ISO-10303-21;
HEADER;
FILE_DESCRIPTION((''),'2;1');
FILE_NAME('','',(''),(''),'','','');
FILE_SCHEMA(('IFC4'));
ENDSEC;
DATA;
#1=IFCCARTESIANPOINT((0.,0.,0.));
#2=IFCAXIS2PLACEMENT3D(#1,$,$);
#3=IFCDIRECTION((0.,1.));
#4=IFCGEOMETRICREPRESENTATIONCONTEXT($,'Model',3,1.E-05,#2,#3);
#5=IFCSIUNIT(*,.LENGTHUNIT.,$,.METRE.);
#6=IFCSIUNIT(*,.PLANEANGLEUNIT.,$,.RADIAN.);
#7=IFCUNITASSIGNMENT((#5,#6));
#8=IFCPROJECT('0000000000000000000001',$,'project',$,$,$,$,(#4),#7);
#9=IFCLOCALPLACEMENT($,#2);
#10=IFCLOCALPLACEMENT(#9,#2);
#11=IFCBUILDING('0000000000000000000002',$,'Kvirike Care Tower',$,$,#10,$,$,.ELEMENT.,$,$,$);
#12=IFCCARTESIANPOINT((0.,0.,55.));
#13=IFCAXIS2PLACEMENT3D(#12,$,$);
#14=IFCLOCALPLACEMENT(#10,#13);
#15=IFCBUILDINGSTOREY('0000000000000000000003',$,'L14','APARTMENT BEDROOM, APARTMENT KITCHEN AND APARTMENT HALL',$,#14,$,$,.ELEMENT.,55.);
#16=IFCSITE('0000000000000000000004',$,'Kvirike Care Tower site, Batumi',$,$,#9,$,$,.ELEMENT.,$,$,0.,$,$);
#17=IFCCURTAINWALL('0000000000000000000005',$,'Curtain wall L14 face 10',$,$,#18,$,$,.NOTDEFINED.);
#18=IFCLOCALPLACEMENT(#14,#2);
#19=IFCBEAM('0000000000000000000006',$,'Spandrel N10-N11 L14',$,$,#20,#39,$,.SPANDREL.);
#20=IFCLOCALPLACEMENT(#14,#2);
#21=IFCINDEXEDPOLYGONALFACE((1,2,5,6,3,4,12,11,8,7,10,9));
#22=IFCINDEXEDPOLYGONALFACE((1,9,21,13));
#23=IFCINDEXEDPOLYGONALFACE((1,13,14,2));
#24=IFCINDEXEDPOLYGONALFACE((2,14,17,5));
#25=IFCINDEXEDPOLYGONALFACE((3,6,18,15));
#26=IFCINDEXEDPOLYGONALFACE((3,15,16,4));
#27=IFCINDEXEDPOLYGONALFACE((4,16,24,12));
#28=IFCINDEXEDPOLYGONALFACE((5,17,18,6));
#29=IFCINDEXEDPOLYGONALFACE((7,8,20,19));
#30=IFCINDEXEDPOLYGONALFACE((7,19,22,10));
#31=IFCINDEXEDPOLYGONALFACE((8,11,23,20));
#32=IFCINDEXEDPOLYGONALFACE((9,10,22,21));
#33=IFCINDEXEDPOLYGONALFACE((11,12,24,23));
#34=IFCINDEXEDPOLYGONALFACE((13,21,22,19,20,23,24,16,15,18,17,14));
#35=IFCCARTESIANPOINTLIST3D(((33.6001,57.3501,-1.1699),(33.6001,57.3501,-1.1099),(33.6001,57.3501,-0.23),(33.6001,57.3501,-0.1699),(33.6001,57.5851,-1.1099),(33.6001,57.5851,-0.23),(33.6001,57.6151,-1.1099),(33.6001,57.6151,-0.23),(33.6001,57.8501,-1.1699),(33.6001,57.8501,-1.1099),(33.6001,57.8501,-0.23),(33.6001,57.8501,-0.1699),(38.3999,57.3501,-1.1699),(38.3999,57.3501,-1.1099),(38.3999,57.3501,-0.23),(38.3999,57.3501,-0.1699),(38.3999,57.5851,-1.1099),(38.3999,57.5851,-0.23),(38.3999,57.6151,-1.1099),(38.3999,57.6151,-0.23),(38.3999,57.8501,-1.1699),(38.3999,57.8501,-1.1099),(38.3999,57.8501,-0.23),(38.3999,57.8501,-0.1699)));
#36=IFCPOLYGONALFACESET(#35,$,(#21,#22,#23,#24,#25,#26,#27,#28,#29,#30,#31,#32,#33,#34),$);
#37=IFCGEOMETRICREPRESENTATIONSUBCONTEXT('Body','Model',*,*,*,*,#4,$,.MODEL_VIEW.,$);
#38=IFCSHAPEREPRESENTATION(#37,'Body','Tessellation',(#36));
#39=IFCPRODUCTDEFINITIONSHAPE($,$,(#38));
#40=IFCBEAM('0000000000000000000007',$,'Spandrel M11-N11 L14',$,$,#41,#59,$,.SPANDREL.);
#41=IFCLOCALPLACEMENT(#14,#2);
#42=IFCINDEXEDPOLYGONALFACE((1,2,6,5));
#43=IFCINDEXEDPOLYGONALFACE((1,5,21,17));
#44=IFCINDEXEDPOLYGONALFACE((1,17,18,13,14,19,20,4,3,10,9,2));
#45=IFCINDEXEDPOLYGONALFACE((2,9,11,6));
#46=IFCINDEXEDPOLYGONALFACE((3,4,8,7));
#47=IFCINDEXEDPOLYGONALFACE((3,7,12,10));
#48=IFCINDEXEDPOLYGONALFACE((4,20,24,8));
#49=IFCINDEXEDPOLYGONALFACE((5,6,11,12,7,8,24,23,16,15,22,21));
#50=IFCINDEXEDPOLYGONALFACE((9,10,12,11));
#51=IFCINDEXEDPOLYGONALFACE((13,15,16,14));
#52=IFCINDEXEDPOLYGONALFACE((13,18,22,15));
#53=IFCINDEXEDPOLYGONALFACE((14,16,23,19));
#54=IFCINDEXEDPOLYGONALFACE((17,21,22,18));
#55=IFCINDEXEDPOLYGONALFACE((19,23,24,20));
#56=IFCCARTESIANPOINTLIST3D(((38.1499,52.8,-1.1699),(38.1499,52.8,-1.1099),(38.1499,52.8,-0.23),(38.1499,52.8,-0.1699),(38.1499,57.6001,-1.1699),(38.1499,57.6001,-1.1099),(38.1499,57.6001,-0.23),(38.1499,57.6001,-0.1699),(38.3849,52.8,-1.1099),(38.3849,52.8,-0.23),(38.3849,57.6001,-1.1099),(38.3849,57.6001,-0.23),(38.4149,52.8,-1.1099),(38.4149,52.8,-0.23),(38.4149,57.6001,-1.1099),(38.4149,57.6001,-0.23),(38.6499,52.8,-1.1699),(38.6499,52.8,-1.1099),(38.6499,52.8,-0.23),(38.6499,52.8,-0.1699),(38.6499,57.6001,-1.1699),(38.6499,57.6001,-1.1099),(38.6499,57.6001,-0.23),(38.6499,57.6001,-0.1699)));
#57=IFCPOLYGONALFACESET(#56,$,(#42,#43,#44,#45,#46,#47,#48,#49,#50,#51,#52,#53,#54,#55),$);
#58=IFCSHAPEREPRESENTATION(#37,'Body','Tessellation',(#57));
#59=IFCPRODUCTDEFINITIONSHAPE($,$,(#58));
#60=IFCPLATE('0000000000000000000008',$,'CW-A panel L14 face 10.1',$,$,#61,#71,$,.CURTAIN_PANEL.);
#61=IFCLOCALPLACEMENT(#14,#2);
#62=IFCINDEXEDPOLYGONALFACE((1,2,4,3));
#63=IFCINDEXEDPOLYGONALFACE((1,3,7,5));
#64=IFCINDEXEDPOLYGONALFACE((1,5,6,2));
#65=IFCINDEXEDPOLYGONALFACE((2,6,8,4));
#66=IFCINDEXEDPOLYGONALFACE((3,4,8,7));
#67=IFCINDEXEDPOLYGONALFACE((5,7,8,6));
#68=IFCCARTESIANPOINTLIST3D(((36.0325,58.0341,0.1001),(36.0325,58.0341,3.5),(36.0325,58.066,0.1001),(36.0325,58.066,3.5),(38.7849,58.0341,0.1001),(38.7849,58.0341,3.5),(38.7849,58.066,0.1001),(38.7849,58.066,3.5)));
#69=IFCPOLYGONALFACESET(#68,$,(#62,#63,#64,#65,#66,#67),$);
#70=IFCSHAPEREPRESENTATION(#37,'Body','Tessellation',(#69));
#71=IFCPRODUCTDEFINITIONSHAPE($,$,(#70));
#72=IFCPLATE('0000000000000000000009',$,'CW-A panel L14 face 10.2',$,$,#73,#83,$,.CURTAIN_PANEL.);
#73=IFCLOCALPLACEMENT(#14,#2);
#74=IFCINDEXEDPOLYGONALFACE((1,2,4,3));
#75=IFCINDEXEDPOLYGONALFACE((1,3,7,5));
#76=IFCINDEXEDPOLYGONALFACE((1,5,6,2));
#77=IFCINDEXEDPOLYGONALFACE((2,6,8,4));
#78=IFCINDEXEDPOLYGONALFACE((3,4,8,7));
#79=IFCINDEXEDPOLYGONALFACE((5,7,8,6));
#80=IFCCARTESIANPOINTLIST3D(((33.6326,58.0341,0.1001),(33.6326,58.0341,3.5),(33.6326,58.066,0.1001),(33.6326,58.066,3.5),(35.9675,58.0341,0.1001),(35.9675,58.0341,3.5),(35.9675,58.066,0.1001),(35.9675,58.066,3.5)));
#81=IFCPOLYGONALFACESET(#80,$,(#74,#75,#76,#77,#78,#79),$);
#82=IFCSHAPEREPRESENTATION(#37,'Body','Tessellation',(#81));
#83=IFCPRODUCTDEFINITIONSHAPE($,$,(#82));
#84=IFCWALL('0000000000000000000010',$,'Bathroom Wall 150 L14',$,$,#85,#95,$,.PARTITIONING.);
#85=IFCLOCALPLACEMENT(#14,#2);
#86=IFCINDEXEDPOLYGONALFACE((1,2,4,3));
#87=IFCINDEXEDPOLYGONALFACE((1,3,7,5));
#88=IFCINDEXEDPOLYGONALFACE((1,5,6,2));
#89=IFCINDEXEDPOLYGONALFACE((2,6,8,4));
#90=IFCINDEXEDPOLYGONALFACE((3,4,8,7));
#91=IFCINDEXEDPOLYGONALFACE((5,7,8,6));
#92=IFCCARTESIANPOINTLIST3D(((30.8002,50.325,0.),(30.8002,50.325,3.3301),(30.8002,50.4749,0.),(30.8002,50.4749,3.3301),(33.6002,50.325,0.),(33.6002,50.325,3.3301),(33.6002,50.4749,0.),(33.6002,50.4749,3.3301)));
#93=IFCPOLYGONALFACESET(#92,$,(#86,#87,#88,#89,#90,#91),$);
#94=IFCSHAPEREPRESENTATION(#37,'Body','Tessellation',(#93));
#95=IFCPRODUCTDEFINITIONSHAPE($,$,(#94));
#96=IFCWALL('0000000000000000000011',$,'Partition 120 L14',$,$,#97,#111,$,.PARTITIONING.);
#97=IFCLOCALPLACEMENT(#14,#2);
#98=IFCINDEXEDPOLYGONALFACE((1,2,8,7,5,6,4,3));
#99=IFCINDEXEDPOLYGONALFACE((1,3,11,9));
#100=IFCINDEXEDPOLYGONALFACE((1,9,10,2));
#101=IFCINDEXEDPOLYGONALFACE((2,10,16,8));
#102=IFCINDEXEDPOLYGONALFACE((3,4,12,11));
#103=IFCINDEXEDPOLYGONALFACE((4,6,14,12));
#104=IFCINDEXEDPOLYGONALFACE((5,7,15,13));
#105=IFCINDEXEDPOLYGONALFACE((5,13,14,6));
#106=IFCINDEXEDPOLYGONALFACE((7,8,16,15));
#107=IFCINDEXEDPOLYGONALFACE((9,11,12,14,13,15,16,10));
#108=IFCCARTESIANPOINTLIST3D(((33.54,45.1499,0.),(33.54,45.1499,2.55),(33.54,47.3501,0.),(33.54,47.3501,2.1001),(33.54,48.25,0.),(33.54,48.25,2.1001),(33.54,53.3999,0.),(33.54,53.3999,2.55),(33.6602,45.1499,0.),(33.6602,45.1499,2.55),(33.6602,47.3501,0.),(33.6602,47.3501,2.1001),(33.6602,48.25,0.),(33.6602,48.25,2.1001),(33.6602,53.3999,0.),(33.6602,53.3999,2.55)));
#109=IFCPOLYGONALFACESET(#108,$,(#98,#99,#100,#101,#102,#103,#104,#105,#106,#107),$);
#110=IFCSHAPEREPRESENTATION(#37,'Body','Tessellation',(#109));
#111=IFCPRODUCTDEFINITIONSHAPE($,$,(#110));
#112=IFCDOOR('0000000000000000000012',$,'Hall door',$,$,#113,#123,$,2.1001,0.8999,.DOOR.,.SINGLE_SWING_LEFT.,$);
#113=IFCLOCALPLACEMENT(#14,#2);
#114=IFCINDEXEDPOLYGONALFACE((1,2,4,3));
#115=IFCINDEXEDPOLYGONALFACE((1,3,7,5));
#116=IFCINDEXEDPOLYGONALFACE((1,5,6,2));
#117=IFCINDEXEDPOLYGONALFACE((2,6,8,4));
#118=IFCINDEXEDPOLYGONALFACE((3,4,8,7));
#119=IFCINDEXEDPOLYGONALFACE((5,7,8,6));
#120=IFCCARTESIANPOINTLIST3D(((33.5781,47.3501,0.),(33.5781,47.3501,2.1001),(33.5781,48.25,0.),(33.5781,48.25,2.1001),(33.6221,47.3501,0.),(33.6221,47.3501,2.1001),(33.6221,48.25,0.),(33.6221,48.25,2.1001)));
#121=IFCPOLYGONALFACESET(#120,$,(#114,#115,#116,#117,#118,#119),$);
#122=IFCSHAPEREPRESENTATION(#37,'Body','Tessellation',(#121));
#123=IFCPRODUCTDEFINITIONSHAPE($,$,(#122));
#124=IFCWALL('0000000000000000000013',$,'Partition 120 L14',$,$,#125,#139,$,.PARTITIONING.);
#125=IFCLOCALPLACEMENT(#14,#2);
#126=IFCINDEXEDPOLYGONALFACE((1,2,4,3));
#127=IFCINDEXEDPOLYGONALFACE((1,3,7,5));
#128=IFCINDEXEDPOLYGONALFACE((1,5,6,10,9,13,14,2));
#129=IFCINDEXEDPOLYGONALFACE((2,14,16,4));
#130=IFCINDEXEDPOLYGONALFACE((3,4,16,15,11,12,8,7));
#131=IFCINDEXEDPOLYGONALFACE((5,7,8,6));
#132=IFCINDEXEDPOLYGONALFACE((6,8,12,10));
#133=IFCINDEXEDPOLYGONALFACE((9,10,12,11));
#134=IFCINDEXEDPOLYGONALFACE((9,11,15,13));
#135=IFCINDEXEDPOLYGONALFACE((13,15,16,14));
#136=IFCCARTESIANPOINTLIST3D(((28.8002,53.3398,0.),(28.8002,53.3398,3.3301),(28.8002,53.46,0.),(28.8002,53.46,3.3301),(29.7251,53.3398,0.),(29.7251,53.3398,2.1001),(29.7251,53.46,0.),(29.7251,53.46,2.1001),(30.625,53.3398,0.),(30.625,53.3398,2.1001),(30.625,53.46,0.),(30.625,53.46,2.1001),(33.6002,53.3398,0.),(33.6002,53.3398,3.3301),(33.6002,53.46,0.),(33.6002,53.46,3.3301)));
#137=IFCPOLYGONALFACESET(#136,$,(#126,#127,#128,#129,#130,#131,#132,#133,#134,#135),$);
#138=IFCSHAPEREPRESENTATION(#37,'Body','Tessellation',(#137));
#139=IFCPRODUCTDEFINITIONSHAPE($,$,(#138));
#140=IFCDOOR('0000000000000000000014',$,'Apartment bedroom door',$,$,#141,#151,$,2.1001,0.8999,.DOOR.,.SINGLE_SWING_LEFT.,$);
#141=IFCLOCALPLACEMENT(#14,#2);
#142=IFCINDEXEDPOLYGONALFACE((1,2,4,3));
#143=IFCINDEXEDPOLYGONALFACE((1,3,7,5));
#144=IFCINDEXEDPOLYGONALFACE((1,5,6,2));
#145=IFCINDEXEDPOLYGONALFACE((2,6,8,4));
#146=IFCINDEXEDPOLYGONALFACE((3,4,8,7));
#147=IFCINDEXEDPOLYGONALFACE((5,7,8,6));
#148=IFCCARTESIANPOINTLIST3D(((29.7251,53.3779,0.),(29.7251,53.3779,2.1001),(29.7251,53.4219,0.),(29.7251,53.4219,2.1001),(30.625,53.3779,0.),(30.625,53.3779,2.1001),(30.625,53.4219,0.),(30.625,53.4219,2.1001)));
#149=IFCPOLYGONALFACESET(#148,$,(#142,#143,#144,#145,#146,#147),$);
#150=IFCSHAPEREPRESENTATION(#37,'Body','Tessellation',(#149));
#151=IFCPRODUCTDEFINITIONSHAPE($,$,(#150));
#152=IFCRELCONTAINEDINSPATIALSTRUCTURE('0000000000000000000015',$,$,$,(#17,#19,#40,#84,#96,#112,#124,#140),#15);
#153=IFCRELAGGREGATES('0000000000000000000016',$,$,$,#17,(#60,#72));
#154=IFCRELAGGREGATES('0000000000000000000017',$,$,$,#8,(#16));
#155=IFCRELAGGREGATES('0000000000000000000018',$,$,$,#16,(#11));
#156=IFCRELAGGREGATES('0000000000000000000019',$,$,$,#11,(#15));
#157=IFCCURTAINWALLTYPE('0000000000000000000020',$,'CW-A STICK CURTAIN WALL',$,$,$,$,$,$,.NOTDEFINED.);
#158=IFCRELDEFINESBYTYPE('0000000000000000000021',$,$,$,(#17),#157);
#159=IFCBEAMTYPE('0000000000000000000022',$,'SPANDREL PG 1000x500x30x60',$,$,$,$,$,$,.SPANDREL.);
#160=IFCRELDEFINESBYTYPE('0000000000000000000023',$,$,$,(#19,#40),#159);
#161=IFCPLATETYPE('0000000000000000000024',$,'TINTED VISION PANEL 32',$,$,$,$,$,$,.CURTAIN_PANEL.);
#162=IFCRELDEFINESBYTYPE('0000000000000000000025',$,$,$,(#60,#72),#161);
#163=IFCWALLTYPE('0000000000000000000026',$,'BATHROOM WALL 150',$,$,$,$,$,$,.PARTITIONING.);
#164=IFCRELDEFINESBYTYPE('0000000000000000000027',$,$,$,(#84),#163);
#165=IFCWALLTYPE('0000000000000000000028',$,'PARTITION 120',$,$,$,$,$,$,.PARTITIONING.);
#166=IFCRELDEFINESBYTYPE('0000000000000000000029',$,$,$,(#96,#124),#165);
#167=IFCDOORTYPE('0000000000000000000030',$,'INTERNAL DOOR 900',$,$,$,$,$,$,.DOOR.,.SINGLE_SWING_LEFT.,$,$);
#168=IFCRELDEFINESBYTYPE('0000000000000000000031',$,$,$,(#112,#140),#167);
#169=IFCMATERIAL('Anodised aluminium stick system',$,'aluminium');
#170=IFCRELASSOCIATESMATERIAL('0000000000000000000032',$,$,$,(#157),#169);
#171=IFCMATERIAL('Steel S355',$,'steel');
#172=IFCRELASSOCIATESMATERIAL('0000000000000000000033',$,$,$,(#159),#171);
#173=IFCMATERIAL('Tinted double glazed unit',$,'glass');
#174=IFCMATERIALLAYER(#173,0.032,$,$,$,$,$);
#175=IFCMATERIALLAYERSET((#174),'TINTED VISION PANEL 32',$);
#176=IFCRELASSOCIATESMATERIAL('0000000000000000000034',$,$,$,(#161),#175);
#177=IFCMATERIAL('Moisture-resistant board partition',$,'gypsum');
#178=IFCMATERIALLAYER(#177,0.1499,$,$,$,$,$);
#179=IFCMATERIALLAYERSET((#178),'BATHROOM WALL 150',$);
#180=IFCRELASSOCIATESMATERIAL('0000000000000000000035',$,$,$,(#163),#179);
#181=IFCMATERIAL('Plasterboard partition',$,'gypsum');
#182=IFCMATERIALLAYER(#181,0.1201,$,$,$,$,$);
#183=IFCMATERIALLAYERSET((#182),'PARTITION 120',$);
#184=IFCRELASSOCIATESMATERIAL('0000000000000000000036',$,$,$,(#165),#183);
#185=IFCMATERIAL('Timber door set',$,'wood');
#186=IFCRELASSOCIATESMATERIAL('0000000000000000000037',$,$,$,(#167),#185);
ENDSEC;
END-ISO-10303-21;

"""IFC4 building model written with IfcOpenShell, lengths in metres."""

from ifc_helpers import new_model, si_unit, direction, frame, frame_2d, origin, origin_2d, place, context, subcontext, project, spatial, rectangle, i_section, extrude, material, layer, layer_set, material_profile, profile_set, type_object, element, fill, aggregate, save


model = new_model("IFC4")

# Units and contexts
model_context = context("Model", 3, precision=1e-05, world=origin(), true_north=direction((0.0, 1.0)))
body_context = subcontext(model_context, "Body", "Model", "MODEL_VIEW")
ifc_project = project(units=[si_unit("LENGTHUNIT", "METRE"), si_unit("PLANEANGLEUNIT", "RADIAN")], contexts=[model_context])

# Site, building, storey
site_placement = place(None, origin())
site = spatial("IfcSite", under=ifc_project, at=site_placement, Name="Kvirike Care Tower site, Batumi", CompositionType="ELEMENT", RefElevation=0.0)
building_placement = place(site_placement, origin())
building = spatial("IfcBuilding", under=site, at=building_placement, Name="Kvirike Care Tower", CompositionType="ELEMENT")
storey_placement = place(building_placement, frame((0.0, 0.0, 55.0)))
storey = spatial("IfcBuildingStorey", under=building, at=storey_placement, Name="L14", Description="APARTMENT BEDROOM, APARTMENT KITCHEN AND APARTMENT HALL", CompositionType="ELEMENT", Elevation=55.0)

# Curtain wall
ifc_material_1 = material(Name="Anodised aluminium stick system", Category="aluminium")
curtain_wall_type = type_object("IfcCurtainWallType", Name="CW-A STICK CURTAIN WALL", PredefinedType="NOTDEFINED", material=ifc_material_1)
curtain_wall_placement = place(storey_placement, origin())
curtain_wall = element("IfcCurtainWall", 1, at=curtain_wall_placement, inside=storey, type_object=curtain_wall_type, Name="Curtain wall L14 face 10", PredefinedType="NOTDEFINED")

# Beams
ifc_material_2 = material(Name="Steel S355", Category="steel")
ifc_material_profile_1 = material_profile(ifc_material_2, i_section(OverallWidth=0.5, OverallDepth=1.0, WebThickness=0.03, FlangeThickness=0.0601, at=origin_2d()), Name="PG 1000x500x30x60")
ifc_profile_set_1 = profile_set([ifc_material_profile_1], Name="Steel S355")
beam_type = type_object("IfcBeamType", Name="SPANDREL PG 1000x500x30x60", PredefinedType="SPANDREL", material=ifc_profile_set_1)
beam_1_placement = place(storey_placement, frame((33.6001, 57.6001, -0.6699), z_axis=(1.0, 0.0, 0.0), x_axis=(0.0, 1.0, 0.0)))
element("IfcBeam", 2, at=beam_1_placement, inside=storey, type_object=beam_type, Name="Spandrel N10-N11 L14", PredefinedType="SPANDREL", context=body_context, shape_type="SweptSolid", body=[
    extrude(i_section(OverallWidth=0.5, OverallDepth=1.0, WebThickness=0.03, FlangeThickness=0.0601, at=origin_2d()), origin(), (0.0, 0.0, 1.0), 4.7998),
])
beam_2_placement = place(storey_placement, frame((38.3999, 52.8, -0.6699), z_axis=(0.0, 1.0, 0.0), x_axis=(-1.0, 0.0, 0.0)))
element("IfcBeam", 3, at=beam_2_placement, inside=storey, type_object=beam_type, Name="Spandrel M11-N11 L14", PredefinedType="SPANDREL", context=body_context, shape_type="SweptSolid", body=[
    extrude(i_section(OverallWidth=0.5, OverallDepth=1.0, WebThickness=0.03, FlangeThickness=0.0601, at=origin_2d()), origin(), (0.0, 0.0, 1.0), 4.8),
])

# Plates
ifc_material_3 = material(Name="Tinted double glazed unit", Category="glass")
ifc_layer_1 = layer(ifc_material_3, 0.032)
ifc_layer_set_1 = layer_set([ifc_layer_1], Name="TINTED VISION PANEL 32")
plate_type = type_object("IfcPlateType", Name="TINTED VISION PANEL 32", PredefinedType="CURTAIN_PANEL", material=ifc_layer_set_1)
plate_1_placement = place(storey_placement, frame((37.4087, 58.05, 0.1001), z_axis=(0.0, 0.0, 1.0), x_axis=(-1.0, 0.0, 0.0)))
plate_1 = element("IfcPlate", 4, at=plate_1_placement, type_object=plate_type, Name="CW-A panel L14 face 10.1", PredefinedType="CURTAIN_PANEL", context=body_context, shape_type="SweptSolid", body=[
    extrude(rectangle(XDim=2.7524, YDim=0.032, at=origin_2d()), origin(), (0.0, 0.0, 1.0), 3.3999),
])
plate_2_placement = place(storey_placement, frame((34.8, 58.05, 0.1001), z_axis=(0.0, 0.0, 1.0), x_axis=(-1.0, 0.0, 0.0)))
plate_2 = element("IfcPlate", 5, at=plate_2_placement, type_object=plate_type, Name="CW-A panel L14 face 10.2", PredefinedType="CURTAIN_PANEL", context=body_context, shape_type="SweptSolid", body=[
    extrude(rectangle(XDim=2.335, YDim=0.032, at=origin_2d()), origin(), (0.0, 0.0, 1.0), 3.3999),
])
aggregate(curtain_wall, [plate_1, plate_2])

# Wall
ifc_material_4 = material(Name="Moisture-resistant board partition", Category="gypsum")
ifc_layer_2 = layer(ifc_material_4, 0.1499)
ifc_layer_set_2 = layer_set([ifc_layer_2], Name="BATHROOM WALL 150")
wall_type_1 = type_object("IfcWallType", Name="BATHROOM WALL 150", PredefinedType="PARTITIONING", material=ifc_layer_set_2)
wall_1_placement = place(storey_placement, frame((33.6001, 50.3999, 0.0), z_axis=(0.0, 0.0, 1.0), x_axis=(-1.0, 0.0, 0.0)))
element("IfcWall", 6, at=wall_1_placement, inside=storey, type_object=wall_type_1, Name="Bathroom Wall 150 L14", PredefinedType="PARTITIONING", context=body_context, shape_type="SweptSolid", body=[
    extrude(rectangle(XDim=2.8, YDim=0.1499, at=frame_2d((1.3999, 0.0))), origin(), (0.0, 0.0, 1.0), 3.3301),
])

# Walls, openings, doors
ifc_material_5 = material(Name="Plasterboard partition", Category="gypsum")
ifc_layer_3 = layer(ifc_material_5, 0.1201)
ifc_layer_set_3 = layer_set([ifc_layer_3], Name="PARTITION 120")
wall_type_2 = type_object("IfcWallType", Name="PARTITION 120", PredefinedType="PARTITIONING", material=ifc_layer_set_3)
wall_2_placement = place(storey_placement, frame((33.6001, 53.3999, 0.0), z_axis=(0.0, 0.0, 1.0), x_axis=(0.0, -1.0, 0.0)))
wall_2 = element("IfcWall", 7, at=wall_2_placement, inside=storey, type_object=wall_type_2, Name="Partition 120 L14", PredefinedType="PARTITIONING", context=body_context, shape_type="SweptSolid", body=[
    extrude(rectangle(XDim=8.25, YDim=0.1201, at=frame_2d((4.125, 0.0))), origin(), (0.0, 0.0, 1.0), 2.55),
])
opening_1_placement = place(wall_2_placement, frame((5.1499, 0.0, 0.0)))
opening_1 = element("IfcOpeningElement", 8, at=opening_1_placement, cuts=wall_2, PredefinedType="OPENING", context=body_context, shape_type="SweptSolid", body=[
    extrude(rectangle(XDim=0.8999, YDim=2.1001, at=frame_2d((0.45, 1.05))), frame((0.0, 0.0706, 0.0), z_axis=(0.0, -1.0, 0.0), x_axis=(1.0, 0.0, 0.0)), (0.0, 0.0, 1.0), 0.1411),
])
ifc_material_6 = material(Name="Timber door set", Category="wood")
door_type = type_object("IfcDoorType", Name="INTERNAL DOOR 900", OperationType="SINGLE_SWING_LEFT", PredefinedType="DOOR", material=ifc_material_6)
door_1_placement = place(opening_1_placement, frame((0.8999, 0.0, 0.0), z_axis=(0.0, 0.0, 1.0), x_axis=(-1.0, 0.0, 0.0)))
door_1 = element("IfcDoor", 9, at=door_1_placement, inside=storey, type_object=door_type, Name="Hall door", OperationType="SINGLE_SWING_LEFT", OverallHeight=2.1001, OverallWidth=0.8999, PredefinedType="DOOR", context=body_context, shape_type="SweptSolid", body=[
    extrude(rectangle(XDim=0.8999, YDim=2.1001, at=frame_2d((0.45, 1.05))), frame((0.0, 0.022, 0.0), z_axis=(0.0, -1.0, 0.0), x_axis=(1.0, 0.0, 0.0)), (0.0, 0.0, 1.0), 0.0439),
])
fill(opening_1, door_1)
wall_3_placement = place(storey_placement, frame((33.6001, 53.3999, 0.0), z_axis=(0.0, 0.0, 1.0), x_axis=(-1.0, 0.0, 0.0)))
wall_3 = element("IfcWall", 10, at=wall_3_placement, inside=storey, type_object=wall_type_2, Name="Partition 120 L14", PredefinedType="PARTITIONING", context=body_context, shape_type="SweptSolid", body=[
    extrude(rectangle(XDim=4.8, YDim=0.1201, at=frame_2d((2.3999, 0.0))), origin(), (0.0, 0.0, 1.0), 3.3301),
])
opening_2_placement = place(wall_3_placement, frame((2.9751, 0.0, 0.0)))
opening_2 = element("IfcOpeningElement", 11, at=opening_2_placement, cuts=wall_3, PredefinedType="OPENING", context=body_context, shape_type="SweptSolid", body=[
    extrude(rectangle(XDim=0.8999, YDim=2.1001, at=frame_2d((0.45, 1.05))), frame((0.0, 0.0706, 0.0), z_axis=(0.0, -1.0, 0.0), x_axis=(1.0, 0.0, 0.0)), (0.0, 0.0, 1.0), 0.1411),
])
door_2_placement = place(opening_2_placement, frame((0.8999, 0.0, 0.0), z_axis=(0.0, 0.0, 1.0), x_axis=(-1.0, 0.0, 0.0)))
door_2 = element("IfcDoor", 12, at=door_2_placement, inside=storey, type_object=door_type, Name="Apartment bedroom door", OperationType="SINGLE_SWING_LEFT", OverallHeight=2.1001, OverallWidth=0.8999, PredefinedType="DOOR", context=body_context, shape_type="SweptSolid", body=[
    extrude(rectangle(XDim=0.8999, YDim=2.1001, at=frame_2d((0.45, 1.05))), frame((0.0, 0.022, 0.0), z_axis=(0.0, -1.0, 0.0), x_axis=(1.0, 0.0, 0.0)), (0.0, 0.0, 1.0), 0.0439),
])
fill(opening_2, door_2)

save(model, "model.ifc")
